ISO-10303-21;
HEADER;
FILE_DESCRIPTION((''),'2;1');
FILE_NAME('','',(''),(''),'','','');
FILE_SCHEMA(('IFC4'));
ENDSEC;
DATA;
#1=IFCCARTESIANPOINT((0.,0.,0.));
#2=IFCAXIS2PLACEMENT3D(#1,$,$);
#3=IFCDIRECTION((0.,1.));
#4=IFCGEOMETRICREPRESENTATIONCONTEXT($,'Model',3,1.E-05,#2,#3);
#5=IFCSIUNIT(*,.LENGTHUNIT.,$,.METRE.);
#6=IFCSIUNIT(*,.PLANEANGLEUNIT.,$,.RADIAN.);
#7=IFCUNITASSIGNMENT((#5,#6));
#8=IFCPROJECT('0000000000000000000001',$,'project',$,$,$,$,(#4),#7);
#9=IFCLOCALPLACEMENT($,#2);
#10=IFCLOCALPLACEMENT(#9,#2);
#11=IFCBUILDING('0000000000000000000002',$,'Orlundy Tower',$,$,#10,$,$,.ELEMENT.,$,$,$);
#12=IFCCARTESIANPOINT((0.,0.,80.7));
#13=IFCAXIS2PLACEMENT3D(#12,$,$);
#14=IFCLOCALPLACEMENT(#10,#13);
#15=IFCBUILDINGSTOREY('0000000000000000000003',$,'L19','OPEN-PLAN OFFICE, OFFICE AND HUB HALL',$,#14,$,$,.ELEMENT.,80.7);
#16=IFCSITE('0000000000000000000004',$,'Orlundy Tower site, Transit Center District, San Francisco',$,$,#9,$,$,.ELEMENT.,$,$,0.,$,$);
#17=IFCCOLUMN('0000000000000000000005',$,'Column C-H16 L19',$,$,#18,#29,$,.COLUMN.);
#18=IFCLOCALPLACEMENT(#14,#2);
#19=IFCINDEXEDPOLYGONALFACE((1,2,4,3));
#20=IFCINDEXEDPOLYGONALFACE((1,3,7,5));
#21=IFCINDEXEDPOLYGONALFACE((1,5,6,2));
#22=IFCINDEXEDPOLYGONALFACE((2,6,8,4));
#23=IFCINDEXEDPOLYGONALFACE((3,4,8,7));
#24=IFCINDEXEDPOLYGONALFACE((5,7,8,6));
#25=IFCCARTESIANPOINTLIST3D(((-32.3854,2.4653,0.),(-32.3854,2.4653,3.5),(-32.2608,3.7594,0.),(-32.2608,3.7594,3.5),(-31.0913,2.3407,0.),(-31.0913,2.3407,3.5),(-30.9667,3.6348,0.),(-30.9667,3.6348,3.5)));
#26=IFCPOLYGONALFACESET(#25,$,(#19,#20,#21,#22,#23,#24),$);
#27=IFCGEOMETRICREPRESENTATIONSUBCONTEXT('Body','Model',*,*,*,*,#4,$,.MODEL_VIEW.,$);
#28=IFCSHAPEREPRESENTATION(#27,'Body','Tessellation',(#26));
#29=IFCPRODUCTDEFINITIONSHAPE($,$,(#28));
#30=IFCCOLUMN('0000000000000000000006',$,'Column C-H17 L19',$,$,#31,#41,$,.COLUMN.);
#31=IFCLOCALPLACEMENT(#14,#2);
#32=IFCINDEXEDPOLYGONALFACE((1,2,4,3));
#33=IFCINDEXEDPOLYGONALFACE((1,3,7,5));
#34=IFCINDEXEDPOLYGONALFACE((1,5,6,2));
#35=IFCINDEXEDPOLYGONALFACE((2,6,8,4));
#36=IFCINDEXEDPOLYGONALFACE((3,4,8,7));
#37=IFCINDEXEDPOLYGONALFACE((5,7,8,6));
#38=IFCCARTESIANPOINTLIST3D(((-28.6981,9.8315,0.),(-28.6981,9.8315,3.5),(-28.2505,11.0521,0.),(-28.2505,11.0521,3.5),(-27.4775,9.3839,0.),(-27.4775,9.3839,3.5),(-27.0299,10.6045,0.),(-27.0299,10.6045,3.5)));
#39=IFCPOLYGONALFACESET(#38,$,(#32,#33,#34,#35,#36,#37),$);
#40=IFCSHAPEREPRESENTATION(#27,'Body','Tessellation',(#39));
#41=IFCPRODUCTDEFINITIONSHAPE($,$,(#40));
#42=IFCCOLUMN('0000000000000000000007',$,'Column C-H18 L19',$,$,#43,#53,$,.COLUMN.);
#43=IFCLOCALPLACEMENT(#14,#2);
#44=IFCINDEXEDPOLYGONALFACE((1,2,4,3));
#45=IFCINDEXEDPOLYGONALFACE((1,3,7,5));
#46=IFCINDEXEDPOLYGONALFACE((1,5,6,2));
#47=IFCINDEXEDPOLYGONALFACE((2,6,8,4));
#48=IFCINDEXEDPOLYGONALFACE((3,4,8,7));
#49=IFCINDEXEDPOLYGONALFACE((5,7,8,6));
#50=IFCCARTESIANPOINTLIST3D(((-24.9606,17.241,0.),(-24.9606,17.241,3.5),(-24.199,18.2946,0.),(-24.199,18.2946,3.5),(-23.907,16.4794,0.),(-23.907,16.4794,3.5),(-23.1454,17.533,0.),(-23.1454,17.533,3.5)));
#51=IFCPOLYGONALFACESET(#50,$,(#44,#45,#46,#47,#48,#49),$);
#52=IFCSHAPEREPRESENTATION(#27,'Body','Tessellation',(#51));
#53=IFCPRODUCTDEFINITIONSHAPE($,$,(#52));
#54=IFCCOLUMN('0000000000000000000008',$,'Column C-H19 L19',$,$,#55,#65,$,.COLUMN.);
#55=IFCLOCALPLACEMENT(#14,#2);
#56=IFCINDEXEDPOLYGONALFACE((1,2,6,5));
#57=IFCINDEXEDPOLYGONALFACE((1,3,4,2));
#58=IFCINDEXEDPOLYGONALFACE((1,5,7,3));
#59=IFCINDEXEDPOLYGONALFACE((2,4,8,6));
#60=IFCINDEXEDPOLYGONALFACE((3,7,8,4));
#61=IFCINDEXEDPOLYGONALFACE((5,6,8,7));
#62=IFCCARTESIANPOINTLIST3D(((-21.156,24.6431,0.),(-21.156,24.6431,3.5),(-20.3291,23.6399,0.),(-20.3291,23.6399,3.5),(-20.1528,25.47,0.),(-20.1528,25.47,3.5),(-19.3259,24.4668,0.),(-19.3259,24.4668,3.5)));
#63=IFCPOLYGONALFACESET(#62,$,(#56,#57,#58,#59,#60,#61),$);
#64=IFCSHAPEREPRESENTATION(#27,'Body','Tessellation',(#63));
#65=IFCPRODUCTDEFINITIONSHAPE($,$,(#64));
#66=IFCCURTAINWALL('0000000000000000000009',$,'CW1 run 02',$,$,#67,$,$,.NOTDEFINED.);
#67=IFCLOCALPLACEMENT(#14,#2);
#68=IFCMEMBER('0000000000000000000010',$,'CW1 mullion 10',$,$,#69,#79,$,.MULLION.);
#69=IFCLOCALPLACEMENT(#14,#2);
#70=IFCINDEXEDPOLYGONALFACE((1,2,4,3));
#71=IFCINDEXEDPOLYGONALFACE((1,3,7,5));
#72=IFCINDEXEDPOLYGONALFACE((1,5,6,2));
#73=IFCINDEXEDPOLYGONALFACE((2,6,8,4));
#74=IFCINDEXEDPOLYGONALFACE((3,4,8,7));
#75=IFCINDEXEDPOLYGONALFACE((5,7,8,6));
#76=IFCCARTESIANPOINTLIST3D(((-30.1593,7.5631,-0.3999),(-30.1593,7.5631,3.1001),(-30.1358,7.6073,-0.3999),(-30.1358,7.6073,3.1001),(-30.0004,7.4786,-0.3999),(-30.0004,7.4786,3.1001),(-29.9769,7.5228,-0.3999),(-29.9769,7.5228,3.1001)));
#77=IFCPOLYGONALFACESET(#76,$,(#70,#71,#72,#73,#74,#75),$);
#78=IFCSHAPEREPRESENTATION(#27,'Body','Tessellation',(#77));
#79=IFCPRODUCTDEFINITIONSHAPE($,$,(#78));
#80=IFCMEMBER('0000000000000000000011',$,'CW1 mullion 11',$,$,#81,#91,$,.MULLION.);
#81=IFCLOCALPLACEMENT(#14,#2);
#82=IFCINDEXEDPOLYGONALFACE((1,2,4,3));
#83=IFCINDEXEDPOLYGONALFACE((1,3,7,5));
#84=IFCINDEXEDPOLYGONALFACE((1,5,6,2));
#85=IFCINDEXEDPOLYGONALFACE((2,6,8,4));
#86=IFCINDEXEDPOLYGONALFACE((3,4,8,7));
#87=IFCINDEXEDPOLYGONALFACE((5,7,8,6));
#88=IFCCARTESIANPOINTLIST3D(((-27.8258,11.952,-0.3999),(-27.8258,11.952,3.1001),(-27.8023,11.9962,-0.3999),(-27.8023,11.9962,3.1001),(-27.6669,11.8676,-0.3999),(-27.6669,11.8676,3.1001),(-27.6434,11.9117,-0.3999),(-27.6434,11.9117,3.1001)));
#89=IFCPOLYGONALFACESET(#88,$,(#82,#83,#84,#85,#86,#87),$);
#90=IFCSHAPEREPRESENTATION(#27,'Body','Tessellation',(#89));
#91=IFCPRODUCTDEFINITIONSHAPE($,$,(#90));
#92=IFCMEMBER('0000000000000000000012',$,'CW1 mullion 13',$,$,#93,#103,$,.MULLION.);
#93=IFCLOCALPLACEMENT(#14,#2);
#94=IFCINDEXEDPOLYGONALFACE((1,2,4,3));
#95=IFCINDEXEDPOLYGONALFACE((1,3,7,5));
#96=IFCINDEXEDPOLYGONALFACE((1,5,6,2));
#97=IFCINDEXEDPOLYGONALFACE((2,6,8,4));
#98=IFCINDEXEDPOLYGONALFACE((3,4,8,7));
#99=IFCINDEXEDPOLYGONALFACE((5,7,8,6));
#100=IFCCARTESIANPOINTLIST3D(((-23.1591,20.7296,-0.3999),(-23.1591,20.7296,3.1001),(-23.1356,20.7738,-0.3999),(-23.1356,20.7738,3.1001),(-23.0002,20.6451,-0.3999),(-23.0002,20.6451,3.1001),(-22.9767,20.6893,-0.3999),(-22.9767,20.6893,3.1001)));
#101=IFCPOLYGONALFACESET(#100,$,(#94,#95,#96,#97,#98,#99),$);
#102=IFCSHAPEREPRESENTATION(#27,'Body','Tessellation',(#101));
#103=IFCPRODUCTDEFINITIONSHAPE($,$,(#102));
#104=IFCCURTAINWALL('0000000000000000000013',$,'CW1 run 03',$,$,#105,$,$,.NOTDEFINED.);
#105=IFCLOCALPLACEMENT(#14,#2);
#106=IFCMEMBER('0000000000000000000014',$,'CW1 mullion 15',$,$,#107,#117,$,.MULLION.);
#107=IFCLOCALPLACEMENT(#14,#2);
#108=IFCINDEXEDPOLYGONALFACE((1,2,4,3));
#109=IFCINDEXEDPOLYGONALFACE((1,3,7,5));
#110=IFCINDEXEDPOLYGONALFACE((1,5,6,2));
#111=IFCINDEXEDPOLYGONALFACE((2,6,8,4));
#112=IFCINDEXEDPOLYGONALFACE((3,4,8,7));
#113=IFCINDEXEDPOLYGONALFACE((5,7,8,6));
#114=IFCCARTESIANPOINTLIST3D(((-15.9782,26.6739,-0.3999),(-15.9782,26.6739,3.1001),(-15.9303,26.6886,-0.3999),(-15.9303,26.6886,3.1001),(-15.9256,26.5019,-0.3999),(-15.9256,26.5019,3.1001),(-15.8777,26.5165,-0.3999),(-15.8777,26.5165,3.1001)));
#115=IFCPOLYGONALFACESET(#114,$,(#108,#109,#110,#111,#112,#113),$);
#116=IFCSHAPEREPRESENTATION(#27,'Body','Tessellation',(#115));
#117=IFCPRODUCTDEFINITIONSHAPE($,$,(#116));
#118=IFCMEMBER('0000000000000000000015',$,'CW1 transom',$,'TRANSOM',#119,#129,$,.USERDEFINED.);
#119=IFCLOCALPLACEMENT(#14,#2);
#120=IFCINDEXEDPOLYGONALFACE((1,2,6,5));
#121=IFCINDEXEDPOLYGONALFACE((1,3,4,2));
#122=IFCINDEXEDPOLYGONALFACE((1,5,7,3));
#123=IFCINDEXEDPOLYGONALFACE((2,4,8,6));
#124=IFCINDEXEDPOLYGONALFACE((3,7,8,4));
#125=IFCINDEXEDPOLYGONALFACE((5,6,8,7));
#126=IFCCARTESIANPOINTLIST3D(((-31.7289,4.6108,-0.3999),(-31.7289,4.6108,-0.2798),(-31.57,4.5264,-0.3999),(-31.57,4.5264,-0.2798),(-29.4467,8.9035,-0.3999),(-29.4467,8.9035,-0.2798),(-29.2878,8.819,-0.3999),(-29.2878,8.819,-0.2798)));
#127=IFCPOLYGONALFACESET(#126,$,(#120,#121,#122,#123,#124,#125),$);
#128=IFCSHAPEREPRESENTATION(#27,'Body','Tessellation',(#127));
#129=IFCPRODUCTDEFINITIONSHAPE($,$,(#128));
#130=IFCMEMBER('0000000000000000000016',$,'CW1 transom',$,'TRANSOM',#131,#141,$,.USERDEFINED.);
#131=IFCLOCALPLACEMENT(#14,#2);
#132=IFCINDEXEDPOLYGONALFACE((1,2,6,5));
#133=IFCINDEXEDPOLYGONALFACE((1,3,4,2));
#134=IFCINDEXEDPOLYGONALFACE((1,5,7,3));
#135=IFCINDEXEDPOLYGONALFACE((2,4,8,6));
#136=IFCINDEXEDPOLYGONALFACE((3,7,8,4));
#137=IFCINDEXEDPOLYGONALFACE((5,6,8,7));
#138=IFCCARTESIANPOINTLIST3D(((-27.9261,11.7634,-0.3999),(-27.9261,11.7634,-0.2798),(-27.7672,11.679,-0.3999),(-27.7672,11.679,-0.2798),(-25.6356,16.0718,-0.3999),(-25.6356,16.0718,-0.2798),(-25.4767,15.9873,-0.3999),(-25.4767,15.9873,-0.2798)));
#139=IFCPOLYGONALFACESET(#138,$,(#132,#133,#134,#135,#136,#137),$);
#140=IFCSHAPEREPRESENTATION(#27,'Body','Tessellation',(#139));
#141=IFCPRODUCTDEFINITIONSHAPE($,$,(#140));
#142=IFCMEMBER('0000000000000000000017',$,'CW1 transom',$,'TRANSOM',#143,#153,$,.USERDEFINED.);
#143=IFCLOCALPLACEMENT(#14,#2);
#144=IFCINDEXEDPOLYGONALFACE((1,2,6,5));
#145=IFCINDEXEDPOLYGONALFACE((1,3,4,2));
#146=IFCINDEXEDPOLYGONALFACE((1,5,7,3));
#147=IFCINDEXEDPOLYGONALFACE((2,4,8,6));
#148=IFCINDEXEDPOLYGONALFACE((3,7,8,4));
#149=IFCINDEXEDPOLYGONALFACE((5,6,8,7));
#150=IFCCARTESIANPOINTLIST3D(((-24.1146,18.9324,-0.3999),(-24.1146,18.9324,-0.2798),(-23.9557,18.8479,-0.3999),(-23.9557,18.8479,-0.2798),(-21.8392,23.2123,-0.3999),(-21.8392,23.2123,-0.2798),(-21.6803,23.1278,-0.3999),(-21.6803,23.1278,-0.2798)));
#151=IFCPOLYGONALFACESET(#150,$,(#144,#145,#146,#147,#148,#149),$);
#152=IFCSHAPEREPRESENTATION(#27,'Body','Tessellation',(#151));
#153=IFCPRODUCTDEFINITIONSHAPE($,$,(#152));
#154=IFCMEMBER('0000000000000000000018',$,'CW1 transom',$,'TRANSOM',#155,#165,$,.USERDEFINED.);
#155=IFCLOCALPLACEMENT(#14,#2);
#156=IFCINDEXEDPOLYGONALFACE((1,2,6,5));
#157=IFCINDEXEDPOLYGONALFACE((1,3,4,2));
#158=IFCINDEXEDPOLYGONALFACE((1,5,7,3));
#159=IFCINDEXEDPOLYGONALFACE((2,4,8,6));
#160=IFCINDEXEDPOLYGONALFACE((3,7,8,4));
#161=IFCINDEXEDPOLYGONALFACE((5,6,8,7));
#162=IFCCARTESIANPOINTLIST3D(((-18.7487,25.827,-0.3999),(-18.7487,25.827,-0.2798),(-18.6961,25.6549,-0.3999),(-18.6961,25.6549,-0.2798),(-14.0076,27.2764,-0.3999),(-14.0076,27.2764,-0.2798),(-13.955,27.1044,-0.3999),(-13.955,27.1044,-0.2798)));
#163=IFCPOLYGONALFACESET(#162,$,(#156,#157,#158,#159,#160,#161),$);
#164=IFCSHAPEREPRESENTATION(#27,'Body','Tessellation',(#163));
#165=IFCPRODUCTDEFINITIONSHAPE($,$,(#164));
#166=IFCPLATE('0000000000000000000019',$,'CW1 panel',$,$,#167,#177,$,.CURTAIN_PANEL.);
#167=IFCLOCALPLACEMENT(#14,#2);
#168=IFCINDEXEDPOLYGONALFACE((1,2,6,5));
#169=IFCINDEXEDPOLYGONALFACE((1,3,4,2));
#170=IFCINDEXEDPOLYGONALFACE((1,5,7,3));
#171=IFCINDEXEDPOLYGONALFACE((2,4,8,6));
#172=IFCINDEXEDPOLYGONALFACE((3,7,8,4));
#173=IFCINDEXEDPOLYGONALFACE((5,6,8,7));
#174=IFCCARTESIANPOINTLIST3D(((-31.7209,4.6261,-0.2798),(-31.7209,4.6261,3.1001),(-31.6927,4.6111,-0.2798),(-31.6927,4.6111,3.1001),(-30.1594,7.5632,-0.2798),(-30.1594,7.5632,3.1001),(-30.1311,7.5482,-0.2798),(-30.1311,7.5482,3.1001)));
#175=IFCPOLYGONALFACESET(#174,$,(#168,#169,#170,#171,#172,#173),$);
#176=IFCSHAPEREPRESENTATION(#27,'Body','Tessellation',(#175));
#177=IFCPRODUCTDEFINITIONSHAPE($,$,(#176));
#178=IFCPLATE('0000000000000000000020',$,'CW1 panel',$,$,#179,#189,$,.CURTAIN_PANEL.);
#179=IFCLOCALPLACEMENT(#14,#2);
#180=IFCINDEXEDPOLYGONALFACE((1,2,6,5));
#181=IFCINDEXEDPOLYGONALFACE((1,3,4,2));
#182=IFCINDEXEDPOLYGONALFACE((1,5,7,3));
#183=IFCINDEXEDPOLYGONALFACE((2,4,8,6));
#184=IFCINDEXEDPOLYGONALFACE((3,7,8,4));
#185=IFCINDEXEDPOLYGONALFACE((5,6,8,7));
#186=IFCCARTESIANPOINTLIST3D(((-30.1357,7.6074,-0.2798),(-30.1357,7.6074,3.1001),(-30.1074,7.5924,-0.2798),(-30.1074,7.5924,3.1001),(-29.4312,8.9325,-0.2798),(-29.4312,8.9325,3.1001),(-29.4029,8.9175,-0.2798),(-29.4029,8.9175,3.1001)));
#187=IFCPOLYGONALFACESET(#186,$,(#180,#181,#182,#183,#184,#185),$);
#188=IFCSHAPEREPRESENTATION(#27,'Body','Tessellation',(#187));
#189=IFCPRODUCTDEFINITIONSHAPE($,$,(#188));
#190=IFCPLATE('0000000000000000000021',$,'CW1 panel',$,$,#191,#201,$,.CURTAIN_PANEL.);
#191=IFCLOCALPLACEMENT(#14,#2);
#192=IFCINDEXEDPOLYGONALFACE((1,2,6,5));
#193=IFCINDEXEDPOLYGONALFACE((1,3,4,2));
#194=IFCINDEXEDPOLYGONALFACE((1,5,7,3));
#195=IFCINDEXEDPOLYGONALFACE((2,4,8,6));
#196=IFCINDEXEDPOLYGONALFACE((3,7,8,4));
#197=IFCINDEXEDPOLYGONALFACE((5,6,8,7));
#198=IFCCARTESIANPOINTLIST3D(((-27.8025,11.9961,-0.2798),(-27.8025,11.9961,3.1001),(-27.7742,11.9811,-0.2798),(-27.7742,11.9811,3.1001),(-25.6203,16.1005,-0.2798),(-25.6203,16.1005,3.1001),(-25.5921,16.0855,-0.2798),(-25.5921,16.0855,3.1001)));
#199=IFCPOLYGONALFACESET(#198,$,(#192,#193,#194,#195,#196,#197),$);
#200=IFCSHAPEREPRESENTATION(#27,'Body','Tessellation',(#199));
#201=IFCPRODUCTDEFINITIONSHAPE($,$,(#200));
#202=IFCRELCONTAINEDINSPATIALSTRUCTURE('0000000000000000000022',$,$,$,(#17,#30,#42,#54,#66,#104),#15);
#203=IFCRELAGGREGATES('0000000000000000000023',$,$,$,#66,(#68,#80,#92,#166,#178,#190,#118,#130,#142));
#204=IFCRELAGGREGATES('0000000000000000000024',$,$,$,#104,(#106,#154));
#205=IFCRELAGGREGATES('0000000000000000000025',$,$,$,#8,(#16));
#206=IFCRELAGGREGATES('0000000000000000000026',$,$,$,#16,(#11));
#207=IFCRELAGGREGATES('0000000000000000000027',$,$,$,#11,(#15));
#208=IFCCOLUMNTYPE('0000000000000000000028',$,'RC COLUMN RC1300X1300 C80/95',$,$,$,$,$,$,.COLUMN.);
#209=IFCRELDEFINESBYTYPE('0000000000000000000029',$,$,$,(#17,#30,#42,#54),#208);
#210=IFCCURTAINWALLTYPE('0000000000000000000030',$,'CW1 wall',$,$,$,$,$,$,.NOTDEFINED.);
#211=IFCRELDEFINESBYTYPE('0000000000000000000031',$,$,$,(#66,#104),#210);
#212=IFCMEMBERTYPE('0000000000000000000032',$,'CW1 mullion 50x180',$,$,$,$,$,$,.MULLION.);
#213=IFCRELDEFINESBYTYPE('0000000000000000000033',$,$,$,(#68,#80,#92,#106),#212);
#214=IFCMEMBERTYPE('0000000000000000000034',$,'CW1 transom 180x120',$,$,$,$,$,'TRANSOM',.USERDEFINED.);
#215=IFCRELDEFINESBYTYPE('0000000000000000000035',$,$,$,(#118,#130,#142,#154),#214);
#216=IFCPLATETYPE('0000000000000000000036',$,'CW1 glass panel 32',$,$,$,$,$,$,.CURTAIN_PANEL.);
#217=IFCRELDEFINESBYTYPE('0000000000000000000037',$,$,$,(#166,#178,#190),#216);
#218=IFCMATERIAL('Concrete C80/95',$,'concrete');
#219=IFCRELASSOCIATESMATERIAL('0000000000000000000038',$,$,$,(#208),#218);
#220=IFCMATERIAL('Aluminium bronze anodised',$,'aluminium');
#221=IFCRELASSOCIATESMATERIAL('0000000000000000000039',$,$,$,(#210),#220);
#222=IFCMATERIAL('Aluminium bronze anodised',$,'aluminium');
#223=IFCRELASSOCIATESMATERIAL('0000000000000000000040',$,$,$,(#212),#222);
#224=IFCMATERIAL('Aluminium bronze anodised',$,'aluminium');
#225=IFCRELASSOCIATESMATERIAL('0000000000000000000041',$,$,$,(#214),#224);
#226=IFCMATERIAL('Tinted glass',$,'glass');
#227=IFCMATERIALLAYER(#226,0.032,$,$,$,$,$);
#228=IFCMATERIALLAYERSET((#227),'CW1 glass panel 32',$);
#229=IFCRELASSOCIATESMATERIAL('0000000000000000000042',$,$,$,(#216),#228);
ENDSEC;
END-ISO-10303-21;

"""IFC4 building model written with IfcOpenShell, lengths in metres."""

from ifc_helpers import new_model, si_unit, direction, frame, origin, origin_2d, place, context, subcontext, project, spatial, rectangle, extrude, material, layer, layer_set, material_profile, profile_set, type_object, element, aggregate, save


model = new_model("IFC4")

# Units and contexts
model_context = context("Model", 3, precision=1e-05, world=origin(), true_north=direction((0.0, 1.0)))
body_context = subcontext(model_context, "Body", "Model", "MODEL_VIEW")
ifc_project = project(units=[si_unit("LENGTHUNIT", "METRE"), si_unit("PLANEANGLEUNIT", "RADIAN")], contexts=[model_context])

# Site, building, storey
site_placement = place(None, origin())
site = spatial("IfcSite", under=ifc_project, at=site_placement, Name="Orlundy Tower site, Transit Center District, San Francisco", CompositionType="ELEMENT", RefElevation=0.0)
building_placement = place(site_placement, origin())
building = spatial("IfcBuilding", under=site, at=building_placement, Name="Orlundy Tower", CompositionType="ELEMENT")
storey_placement = place(building_placement, frame((0.0, 0.0, 80.7)))
storey = spatial("IfcBuildingStorey", under=building, at=storey_placement, Name="L19", Description="OPEN-PLAN OFFICE, OFFICE AND HUB HALL", CompositionType="ELEMENT", Elevation=80.7)

# Columns
ifc_material_1 = material(Name="Concrete C80/95", Category="concrete")
ifc_material_profile_1 = material_profile(ifc_material_1, rectangle(XDim=1.3, YDim=1.3, at=origin_2d()), Name="RC1300X1300")
ifc_profile_set_1 = profile_set([ifc_material_profile_1], Name="Concrete C80/95")
column_type = type_object("IfcColumnType", Name="RC COLUMN RC1300X1300 C80/95", PredefinedType="COLUMN", material=ifc_profile_set_1)
for number, where, z_axis, x_axis, name in (
    (1, (-31.676, 3.05, 0.0), (0.0, 0.0, 1.0), (-0.995396, 0.095846, 0.0), "Column C-H16 L19"),
    (2, (-27.864, 10.218, 0.0), (0.0, 0.0, 1.0), (-0.938866, 0.344282, 0.0), "Column C-H17 L19"),
    (3, (-24.053, 17.387, 0.0), (0.0, 0.0, 1.0), (-0.81043, 0.585835, 0.0), "Column C-H18 L19"),
    (4, (-20.241, 24.5549, 0.0), (0.0, 0.0, 1.0), (-0.636065, 0.771636, 0.0), "Column C-H19 L19"),
):
    element("IfcColumn", number, at=place(storey_placement, frame(where, z_axis=z_axis, x_axis=x_axis)), inside=storey, type_object=column_type, Name=name, PredefinedType="COLUMN", context=body_context, shape_type="SweptSolid", body=[
        extrude(rectangle(XDim=1.3, YDim=1.3, at=origin_2d()), origin(), (0.0, 0.0, 1.0), 3.5),
    ])

# Curtain wall, members
ifc_material_2 = material(Name="Aluminium bronze anodised", Category="aluminium")
curtain_wall_type = type_object("IfcCurtainWallType", Name="CW1 wall", PredefinedType="NOTDEFINED", material=ifc_material_2)
curtain_wall_1_placement = place(storey_placement, origin())
curtain_wall_1 = element("IfcCurtainWall", 5, at=curtain_wall_1_placement, inside=storey, type_object=curtain_wall_type, Name="CW1 run 02", PredefinedType="NOTDEFINED")
ifc_material_3 = material(Name="Aluminium bronze anodised", Category="aluminium")
ifc_material_profile_2 = material_profile(ifc_material_3, rectangle(XDim=0.1799, YDim=0.05, at=origin_2d()), Name="CW1 mullion 50x180")
ifc_profile_set_2 = profile_set([ifc_material_profile_2], Name="Aluminium bronze anodised")
member_type_1 = type_object("IfcMemberType", Name="CW1 mullion 50x180", PredefinedType="MULLION", material=ifc_profile_set_2)
member_1_placement = place(storey_placement, frame((-30.0681, 7.543, -0.3999), z_axis=(0.0, 0.0, 1.0), x_axis=(-0.882961, 0.469445, 0.0)))
member_1 = element("IfcMember", 6, at=member_1_placement, type_object=member_type_1, Name="CW1 mullion 10", PredefinedType="MULLION", context=body_context, shape_type="SweptSolid", body=[
    extrude(rectangle(XDim=0.1799, YDim=0.05, at=origin_2d()), origin(), (0.0, 0.0, 1.0), 3.5),
])
member_2_placement = place(storey_placement, frame((-27.7346, 11.9319, -0.3999), z_axis=(0.0, 0.0, 1.0), x_axis=(-0.882961, 0.469445, 0.0)))
member_2 = element("IfcMember", 7, at=member_2_placement, type_object=member_type_1, Name="CW1 mullion 11", PredefinedType="MULLION", context=body_context, shape_type="SweptSolid", body=[
    extrude(rectangle(XDim=0.1799, YDim=0.05, at=origin_2d()), origin(), (0.0, 0.0, 1.0), 3.5),
])
member_3_placement = place(storey_placement, frame((-23.0679, 20.7095, -0.3999), z_axis=(0.0, 0.0, 1.0), x_axis=(-0.882961, 0.469445, 0.0)))
member_3 = element("IfcMember", 8, at=member_3_placement, type_object=member_type_1, Name="CW1 mullion 13", PredefinedType="MULLION", context=body_context, shape_type="SweptSolid", body=[
    extrude(rectangle(XDim=0.1799, YDim=0.05, at=origin_2d()), origin(), (0.0, 0.0, 1.0), 3.5),
])

# Curtain wall, member
curtain_wall_2_placement = place(storey_placement, origin())
curtain_wall_2 = element("IfcCurtainWall", 9, at=curtain_wall_2_placement, inside=storey, type_object=curtain_wall_type, Name="CW1 run 03", PredefinedType="NOTDEFINED")
member_4_placement = place(storey_placement, frame((-15.928, 26.5952, -0.3999), z_axis=(0.0, 0.0, 1.0), x_axis=(-0.292361, 0.956308, 0.0)))
member_4 = element("IfcMember", 10, at=member_4_placement, type_object=member_type_1, Name="CW1 mullion 15", PredefinedType="MULLION", context=body_context, shape_type="SweptSolid", body=[
    extrude(rectangle(XDim=0.1799, YDim=0.05, at=origin_2d()), origin(), (0.0, 0.0, 1.0), 3.5),
])

# Members
ifc_material_4 = material(Name="Aluminium bronze anodised", Category="aluminium")
ifc_material_profile_3 = material_profile(ifc_material_4, rectangle(XDim=0.1799, YDim=0.1201, at=origin_2d()), Name="CW1 transom 180x120")
ifc_profile_set_3 = profile_set([ifc_material_profile_3], Name="Aluminium bronze anodised")
member_type_2 = type_object("IfcMemberType", Name="CW1 transom 180x120", ElementType="TRANSOM", PredefinedType="USERDEFINED", material=ifc_profile_set_3)
member_5_placement = place(storey_placement, frame((-31.6494, 4.5686, -0.3398), z_axis=(0.469431, 0.882969, 0.0), x_axis=(-0.882969, 0.469431, 0.0)))
member_5 = element("IfcMember", 11, at=member_5_placement, type_object=member_type_2, Name="CW1 transom", ObjectType="TRANSOM", PredefinedType="USERDEFINED", context=body_context, shape_type="SweptSolid", body=[
    extrude(rectangle(XDim=0.1799, YDim=0.1201, at=origin_2d()), origin(), (0.0, 0.0, 1.0), 4.8616),
])
member_6_placement = place(storey_placement, frame((-27.8467, 11.7212, -0.3398), z_axis=(0.46943, 0.88297, 0.0), x_axis=(-0.88297, 0.46943, 0.0)))
member_6 = element("IfcMember", 12, at=member_6_placement, type_object=member_type_2, Name="CW1 transom", ObjectType="TRANSOM", PredefinedType="USERDEFINED", context=body_context, shape_type="SweptSolid", body=[
    extrude(rectangle(XDim=0.1799, YDim=0.1201, at=origin_2d()), origin(), (0.0, 0.0, 1.0), 4.8794),
])
member_7_placement = place(storey_placement, frame((-24.0352, 18.8901, -0.3398), z_axis=(0.469438, 0.882966, 0.0), x_axis=(-0.882966, 0.469438, 0.0)))
member_7 = element("IfcMember", 13, at=member_7_placement, type_object=member_type_2, Name="CW1 transom", ObjectType="TRANSOM", PredefinedType="USERDEFINED", context=body_context, shape_type="SweptSolid", body=[
    extrude(rectangle(XDim=0.1799, YDim=0.1201, at=origin_2d()), origin(), (0.0, 0.0, 1.0), 4.8472),
])
member_8_placement = place(storey_placement, frame((-18.7224, 25.741, -0.3398), z_axis=(0.956309, 0.292359, 0.0), x_axis=(-0.292359, 0.956309, 0.0)))
member_8 = element("IfcMember", 14, at=member_8_placement, type_object=member_type_2, Name="CW1 transom", ObjectType="TRANSOM", PredefinedType="USERDEFINED", context=body_context, shape_type="SweptSolid", body=[
    extrude(rectangle(XDim=0.1799, YDim=0.1201, at=origin_2d()), origin(), (0.0, 0.0, 1.0), 4.9578),
])

# Plates
ifc_material_5 = material(Name="Tinted glass", Category="glass")
ifc_layer_1 = layer(ifc_material_5, 0.032)
ifc_layer_set_1 = layer_set([ifc_layer_1], Name="CW1 glass panel 32")
plate_type = type_object("IfcPlateType", Name="CW1 glass panel 32", PredefinedType="CURTAIN_PANEL", material=ifc_layer_set_1)
plate_1_placement = place(storey_placement, frame((-30.926, 6.0872, -0.2798), z_axis=(0.0, 0.0, 1.0), x_axis=(0.469445, 0.882961, 0.0)))
plate_1 = element("IfcPlate", 15, at=plate_1_placement, type_object=plate_type, Name="CW1 panel", PredefinedType="CURTAIN_PANEL", context=body_context, shape_type="SweptSolid", body=[
    extrude(rectangle(XDim=3.3264, YDim=0.032, at=origin_2d()), origin(), (0.0, 0.0, 1.0), 3.3799),
])
plate_2_placement = place(storey_placement, frame((-29.7693, 8.2625, -0.2798), z_axis=(0.0, 0.0, 1.0), x_axis=(0.469445, 0.882961, 0.0)))
plate_2 = element("IfcPlate", 16, at=plate_2_placement, type_object=plate_type, Name="CW1 panel", PredefinedType="CURTAIN_PANEL", context=body_context, shape_type="SweptSolid", body=[
    extrude(rectangle(XDim=1.5007, YDim=0.032, at=origin_2d()), origin(), (0.0, 0.0, 1.0), 3.3799),
])
plate_3_placement = place(storey_placement, frame((-26.6973, 14.0408, -0.2798), z_axis=(0.0, 0.0, 1.0), x_axis=(0.469445, 0.882961, 0.0)))
plate_3 = element("IfcPlate", 17, at=plate_3_placement, type_object=plate_type, Name="CW1 panel", PredefinedType="CURTAIN_PANEL", context=body_context, shape_type="SweptSolid", body=[
    extrude(rectangle(XDim=4.6484, YDim=0.032, at=origin_2d()), origin(), (0.0, 0.0, 1.0), 3.3799),
])
aggregate(curtain_wall_1, [member_1, member_2, member_3, plate_1, plate_2, plate_3, member_5, member_6, member_7])
aggregate(curtain_wall_2, [member_4, member_8])

save(model, "model.ifc")
